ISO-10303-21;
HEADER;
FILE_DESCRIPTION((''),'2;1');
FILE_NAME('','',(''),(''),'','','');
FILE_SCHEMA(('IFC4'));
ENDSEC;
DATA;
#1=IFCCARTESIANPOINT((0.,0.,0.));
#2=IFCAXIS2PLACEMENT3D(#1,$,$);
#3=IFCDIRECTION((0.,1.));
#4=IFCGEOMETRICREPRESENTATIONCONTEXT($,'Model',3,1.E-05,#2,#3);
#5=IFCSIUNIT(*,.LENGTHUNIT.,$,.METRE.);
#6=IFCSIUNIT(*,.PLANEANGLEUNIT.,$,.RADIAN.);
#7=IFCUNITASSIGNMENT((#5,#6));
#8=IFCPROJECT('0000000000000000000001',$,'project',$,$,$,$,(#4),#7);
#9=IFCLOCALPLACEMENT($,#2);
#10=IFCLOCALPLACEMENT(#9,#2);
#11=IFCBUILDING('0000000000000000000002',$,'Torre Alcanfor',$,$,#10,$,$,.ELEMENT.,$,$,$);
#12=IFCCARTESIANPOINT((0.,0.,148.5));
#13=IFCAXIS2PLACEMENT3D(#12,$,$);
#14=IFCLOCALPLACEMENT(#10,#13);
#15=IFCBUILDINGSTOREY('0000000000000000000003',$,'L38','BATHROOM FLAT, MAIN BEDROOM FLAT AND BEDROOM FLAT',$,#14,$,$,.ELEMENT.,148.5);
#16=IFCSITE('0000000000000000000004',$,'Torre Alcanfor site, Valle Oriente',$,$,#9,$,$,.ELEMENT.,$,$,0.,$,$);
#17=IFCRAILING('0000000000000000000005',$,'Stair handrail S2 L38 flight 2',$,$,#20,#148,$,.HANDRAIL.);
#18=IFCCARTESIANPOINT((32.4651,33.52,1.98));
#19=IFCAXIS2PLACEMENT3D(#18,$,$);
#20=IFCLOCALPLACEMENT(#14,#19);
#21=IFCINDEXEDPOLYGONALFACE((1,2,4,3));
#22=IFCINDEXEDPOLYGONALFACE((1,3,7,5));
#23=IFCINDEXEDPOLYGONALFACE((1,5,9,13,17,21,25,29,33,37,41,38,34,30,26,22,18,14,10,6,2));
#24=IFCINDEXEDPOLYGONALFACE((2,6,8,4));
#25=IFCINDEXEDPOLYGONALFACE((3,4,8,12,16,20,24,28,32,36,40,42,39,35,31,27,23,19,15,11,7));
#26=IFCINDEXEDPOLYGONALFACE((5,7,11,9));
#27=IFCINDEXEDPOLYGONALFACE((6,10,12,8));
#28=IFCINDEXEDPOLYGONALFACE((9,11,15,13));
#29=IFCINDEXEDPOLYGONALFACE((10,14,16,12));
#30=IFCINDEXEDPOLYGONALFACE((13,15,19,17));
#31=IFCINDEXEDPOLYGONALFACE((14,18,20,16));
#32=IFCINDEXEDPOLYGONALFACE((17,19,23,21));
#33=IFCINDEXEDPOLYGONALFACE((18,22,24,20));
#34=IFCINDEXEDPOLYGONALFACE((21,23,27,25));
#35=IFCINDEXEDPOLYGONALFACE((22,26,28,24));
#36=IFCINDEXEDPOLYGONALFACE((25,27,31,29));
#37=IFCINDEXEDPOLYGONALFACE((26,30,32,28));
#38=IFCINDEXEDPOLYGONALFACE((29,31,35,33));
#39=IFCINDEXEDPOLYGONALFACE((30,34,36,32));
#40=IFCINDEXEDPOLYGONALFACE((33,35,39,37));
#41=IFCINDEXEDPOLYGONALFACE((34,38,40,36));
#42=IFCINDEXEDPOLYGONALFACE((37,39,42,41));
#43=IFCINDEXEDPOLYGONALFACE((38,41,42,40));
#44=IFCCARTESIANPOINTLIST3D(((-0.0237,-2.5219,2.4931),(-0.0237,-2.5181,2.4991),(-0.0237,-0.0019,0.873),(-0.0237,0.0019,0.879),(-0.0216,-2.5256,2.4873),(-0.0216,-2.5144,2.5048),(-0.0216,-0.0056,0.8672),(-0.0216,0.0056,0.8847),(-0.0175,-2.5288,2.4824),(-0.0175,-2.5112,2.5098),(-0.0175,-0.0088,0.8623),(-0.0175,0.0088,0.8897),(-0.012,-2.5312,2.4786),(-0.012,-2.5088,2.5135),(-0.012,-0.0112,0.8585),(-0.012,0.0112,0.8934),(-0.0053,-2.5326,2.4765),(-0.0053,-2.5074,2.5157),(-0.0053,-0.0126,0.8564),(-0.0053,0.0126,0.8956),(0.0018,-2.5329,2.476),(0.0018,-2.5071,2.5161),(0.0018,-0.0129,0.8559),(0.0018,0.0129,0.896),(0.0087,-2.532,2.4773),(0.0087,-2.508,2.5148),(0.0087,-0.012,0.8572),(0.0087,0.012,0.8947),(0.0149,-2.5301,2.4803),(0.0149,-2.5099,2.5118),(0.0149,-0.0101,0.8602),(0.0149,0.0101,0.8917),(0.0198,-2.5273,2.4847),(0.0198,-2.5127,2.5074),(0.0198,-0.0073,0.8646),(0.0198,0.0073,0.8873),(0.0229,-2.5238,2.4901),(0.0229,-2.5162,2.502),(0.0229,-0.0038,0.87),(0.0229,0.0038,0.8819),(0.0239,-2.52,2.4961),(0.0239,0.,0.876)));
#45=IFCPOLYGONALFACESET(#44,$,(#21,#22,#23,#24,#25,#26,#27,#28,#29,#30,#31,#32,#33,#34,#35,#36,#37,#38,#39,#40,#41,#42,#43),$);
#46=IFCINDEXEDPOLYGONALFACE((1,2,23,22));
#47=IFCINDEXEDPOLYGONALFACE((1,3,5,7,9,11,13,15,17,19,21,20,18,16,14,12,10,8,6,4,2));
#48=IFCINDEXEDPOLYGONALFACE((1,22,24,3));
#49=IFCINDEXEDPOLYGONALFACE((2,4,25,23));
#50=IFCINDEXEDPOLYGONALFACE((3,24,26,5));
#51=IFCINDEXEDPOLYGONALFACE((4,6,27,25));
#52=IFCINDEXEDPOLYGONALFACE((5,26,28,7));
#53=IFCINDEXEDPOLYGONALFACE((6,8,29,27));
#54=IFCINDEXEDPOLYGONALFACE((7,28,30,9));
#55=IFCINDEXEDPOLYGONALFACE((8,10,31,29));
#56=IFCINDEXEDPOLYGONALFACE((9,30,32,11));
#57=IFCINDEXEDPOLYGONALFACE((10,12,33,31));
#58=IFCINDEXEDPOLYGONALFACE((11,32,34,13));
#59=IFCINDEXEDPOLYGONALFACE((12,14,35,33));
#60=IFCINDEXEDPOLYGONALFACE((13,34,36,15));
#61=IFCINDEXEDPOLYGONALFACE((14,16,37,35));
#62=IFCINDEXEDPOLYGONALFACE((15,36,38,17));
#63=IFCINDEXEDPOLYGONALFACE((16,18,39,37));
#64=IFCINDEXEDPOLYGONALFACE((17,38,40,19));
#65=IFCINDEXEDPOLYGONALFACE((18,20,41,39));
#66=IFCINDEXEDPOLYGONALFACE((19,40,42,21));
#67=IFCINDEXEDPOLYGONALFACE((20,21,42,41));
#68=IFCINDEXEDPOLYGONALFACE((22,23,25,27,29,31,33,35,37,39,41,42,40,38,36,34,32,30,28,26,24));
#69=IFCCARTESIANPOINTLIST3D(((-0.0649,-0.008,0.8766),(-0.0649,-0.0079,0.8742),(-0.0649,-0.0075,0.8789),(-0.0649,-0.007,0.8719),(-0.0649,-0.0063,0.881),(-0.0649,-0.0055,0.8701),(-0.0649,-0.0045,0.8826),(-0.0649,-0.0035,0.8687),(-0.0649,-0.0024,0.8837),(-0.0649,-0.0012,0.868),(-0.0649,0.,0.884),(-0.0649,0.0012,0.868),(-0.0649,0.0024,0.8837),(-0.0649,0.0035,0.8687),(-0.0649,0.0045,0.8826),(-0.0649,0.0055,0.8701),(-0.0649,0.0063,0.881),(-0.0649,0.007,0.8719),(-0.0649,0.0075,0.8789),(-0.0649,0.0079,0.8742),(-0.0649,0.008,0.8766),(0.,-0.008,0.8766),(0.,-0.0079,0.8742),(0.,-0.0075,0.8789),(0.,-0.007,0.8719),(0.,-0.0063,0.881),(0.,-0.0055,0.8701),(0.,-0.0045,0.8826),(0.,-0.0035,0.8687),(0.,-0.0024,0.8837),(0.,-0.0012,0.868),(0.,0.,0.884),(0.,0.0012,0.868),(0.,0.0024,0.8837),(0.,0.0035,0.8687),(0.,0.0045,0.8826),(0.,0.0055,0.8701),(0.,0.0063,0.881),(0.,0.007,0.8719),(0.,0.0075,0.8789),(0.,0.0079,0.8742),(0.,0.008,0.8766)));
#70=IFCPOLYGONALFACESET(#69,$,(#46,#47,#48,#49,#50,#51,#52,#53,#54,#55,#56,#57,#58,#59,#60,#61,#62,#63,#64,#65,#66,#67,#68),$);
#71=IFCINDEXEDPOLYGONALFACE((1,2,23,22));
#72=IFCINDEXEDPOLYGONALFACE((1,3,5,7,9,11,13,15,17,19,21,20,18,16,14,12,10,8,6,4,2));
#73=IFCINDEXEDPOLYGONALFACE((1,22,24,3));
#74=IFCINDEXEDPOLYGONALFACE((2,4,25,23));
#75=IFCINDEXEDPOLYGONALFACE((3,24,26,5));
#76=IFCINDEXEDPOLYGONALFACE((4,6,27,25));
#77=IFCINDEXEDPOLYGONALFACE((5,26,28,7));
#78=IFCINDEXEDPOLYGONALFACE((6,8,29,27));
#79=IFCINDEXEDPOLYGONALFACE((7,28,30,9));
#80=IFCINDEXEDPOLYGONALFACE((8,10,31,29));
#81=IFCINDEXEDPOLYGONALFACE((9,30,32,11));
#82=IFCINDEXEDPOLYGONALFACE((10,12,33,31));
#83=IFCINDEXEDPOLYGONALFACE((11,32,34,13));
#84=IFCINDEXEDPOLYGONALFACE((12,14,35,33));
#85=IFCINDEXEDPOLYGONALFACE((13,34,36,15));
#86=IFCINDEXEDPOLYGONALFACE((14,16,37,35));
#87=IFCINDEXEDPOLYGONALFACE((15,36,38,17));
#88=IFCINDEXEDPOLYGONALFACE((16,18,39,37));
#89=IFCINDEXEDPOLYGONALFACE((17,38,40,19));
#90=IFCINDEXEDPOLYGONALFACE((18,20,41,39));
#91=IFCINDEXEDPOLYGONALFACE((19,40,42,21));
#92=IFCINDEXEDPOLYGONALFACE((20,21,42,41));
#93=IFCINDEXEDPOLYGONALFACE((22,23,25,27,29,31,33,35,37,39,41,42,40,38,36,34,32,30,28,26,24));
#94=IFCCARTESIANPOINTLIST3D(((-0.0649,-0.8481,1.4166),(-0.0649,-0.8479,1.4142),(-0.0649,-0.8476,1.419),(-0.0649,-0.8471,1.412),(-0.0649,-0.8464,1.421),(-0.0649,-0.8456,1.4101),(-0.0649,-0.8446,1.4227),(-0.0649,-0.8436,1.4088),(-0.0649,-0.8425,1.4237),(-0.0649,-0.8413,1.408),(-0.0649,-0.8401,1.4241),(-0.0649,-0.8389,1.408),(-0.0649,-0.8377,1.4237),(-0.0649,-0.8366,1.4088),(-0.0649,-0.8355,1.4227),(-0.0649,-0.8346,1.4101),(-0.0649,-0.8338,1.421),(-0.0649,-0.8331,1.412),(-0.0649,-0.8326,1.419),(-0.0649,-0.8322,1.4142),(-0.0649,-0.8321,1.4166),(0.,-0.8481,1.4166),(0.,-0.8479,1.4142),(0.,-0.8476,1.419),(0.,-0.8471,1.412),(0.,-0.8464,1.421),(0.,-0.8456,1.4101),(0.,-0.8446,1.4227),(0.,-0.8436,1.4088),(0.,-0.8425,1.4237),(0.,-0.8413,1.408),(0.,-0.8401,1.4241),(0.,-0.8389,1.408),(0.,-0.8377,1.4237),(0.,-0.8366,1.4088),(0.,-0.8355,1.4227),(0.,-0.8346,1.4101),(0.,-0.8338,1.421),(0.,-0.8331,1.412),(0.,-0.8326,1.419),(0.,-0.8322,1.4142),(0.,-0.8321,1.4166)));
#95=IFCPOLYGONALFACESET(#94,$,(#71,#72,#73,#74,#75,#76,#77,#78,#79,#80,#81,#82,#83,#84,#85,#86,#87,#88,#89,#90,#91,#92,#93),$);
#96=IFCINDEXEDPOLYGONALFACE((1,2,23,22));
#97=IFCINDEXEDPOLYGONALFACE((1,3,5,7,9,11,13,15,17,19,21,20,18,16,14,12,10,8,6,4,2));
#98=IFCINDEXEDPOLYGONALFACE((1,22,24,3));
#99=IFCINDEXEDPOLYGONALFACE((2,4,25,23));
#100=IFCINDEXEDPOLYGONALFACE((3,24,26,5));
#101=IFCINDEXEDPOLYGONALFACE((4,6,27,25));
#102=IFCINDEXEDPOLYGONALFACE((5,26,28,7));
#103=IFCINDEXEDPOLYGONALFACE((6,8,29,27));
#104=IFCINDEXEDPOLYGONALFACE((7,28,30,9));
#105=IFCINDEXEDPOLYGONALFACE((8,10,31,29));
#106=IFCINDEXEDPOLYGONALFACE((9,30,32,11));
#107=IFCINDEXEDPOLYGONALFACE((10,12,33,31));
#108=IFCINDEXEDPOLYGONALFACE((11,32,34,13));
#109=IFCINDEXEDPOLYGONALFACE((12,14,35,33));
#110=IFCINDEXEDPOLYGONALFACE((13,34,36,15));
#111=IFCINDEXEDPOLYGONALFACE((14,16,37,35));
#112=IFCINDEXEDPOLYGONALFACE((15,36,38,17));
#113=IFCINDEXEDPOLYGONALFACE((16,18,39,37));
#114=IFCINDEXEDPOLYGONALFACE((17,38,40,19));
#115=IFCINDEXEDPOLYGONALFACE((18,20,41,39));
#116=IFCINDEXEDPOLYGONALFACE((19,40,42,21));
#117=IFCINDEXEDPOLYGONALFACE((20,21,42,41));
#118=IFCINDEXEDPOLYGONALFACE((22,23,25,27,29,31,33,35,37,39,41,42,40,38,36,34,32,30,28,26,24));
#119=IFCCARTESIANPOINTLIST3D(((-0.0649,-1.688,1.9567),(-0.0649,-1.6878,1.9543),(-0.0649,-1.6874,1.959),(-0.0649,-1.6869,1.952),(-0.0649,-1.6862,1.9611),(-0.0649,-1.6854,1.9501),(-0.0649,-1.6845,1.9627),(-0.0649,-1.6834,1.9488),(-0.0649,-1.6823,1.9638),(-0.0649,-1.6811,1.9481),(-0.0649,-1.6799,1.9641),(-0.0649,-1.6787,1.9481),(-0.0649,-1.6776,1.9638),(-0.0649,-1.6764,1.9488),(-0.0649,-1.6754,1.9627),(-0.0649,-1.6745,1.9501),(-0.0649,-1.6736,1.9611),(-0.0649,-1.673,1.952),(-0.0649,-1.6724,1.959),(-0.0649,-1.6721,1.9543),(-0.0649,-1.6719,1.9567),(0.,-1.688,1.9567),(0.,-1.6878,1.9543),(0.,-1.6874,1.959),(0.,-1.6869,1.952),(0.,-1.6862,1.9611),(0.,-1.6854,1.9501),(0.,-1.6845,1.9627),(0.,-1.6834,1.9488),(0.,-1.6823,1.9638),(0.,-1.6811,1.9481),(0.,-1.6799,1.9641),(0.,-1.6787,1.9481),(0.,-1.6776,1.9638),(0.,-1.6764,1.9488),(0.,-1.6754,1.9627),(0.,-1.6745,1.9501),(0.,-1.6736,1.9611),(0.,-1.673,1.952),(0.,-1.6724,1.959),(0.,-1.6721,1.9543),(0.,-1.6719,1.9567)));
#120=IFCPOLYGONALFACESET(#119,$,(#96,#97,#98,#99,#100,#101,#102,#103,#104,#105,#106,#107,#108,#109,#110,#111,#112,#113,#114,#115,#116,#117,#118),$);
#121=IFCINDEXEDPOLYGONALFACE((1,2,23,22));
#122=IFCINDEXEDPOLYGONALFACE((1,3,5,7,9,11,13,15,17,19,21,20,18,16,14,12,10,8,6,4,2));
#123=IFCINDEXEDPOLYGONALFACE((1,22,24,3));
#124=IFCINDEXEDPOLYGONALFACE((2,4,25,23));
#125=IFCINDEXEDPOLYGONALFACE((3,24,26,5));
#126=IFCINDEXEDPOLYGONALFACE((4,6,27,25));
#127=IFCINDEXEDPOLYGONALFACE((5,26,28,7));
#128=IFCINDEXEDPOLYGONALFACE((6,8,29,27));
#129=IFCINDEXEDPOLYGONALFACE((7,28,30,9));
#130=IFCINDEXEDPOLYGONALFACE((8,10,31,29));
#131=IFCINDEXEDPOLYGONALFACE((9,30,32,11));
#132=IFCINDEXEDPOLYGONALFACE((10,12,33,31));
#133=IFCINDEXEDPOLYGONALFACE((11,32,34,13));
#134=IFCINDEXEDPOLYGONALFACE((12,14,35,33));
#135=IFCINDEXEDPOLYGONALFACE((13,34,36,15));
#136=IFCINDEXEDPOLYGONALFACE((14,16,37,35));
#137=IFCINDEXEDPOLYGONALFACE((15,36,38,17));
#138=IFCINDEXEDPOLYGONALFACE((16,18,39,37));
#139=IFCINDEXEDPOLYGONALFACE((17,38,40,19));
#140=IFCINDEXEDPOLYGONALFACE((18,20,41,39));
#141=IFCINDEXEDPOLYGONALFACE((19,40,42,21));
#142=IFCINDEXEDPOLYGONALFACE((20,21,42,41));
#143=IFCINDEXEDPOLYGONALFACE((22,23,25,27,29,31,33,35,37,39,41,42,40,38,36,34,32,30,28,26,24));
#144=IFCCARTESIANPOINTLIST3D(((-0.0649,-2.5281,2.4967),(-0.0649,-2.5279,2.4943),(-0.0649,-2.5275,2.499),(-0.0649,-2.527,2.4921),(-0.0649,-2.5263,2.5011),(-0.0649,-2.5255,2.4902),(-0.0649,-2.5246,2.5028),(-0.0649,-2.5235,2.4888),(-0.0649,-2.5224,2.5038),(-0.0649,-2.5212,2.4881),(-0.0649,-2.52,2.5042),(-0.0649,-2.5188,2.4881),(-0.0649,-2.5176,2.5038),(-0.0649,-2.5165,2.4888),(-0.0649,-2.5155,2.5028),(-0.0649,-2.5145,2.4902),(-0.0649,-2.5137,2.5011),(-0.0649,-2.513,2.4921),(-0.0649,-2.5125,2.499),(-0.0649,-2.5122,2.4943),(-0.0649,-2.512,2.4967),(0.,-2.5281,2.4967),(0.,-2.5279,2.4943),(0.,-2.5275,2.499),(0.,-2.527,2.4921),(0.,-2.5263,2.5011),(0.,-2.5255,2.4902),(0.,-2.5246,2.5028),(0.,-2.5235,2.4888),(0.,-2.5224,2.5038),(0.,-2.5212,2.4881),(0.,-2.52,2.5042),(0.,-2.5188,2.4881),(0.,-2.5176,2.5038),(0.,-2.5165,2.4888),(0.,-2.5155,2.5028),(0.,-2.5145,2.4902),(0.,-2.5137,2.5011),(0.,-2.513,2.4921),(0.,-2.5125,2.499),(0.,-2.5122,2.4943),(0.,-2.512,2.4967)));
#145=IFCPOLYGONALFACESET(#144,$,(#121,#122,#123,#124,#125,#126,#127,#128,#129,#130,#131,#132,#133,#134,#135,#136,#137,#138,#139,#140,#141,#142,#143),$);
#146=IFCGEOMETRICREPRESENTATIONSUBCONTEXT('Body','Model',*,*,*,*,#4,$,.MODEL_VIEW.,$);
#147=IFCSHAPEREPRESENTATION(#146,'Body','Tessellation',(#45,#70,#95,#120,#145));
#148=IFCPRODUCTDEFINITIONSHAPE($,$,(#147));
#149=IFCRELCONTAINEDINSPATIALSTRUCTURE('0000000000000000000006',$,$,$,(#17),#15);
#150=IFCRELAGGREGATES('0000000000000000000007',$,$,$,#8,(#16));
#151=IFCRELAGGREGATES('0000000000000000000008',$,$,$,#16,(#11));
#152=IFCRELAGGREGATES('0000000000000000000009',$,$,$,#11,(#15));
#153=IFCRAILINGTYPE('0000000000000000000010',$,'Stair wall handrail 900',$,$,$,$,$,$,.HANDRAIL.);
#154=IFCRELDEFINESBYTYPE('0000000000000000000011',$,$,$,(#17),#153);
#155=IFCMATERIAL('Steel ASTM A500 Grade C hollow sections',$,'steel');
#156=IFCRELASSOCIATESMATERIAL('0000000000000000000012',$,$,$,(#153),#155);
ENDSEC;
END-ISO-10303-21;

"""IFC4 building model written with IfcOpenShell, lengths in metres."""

from ifc_helpers import new_model, si_unit, direction, frame, origin, origin_2d, place, context, subcontext, project, spatial, circle, extrude, material, type_object, element, save


model = new_model("IFC4")

# Units and contexts
model_context = context("Model", 3, precision=1e-05, world=origin(), true_north=direction((0.0, 1.0)))
body_context = subcontext(model_context, "Body", "Model", "MODEL_VIEW")
ifc_project = project(units=[si_unit("LENGTHUNIT", "METRE"), si_unit("PLANEANGLEUNIT", "RADIAN")], contexts=[model_context])

# Site, building, storey
site_placement = place(None, origin())
site = spatial("IfcSite", under=ifc_project, at=site_placement, Name="Torre Alcanfor site, Valle Oriente", CompositionType="ELEMENT", RefElevation=0.0)
building_placement = place(site_placement, origin())
building = spatial("IfcBuilding", under=site, at=building_placement, Name="Torre Alcanfor", CompositionType="ELEMENT")
storey_placement = place(building_placement, frame((0.0, 0.0, 148.5)))
storey = spatial("IfcBuildingStorey", under=building, at=storey_placement, Name="L38", Description="BATHROOM FLAT, MAIN BEDROOM FLAT AND BEDROOM FLAT", CompositionType="ELEMENT", Elevation=148.5)

# Railing
ifc_material_1 = material(Name="Steel ASTM A500 Grade C hollow sections", Category="steel")
railing_type_1 = type_object("IfcRailingType", Name="Stair wall handrail 900", PredefinedType="HANDRAIL", material=ifc_material_1)
railing_1_placement = place(storey_placement, frame((32.4651, 33.52, 1.98)))
element("IfcRailing", 1, at=railing_1_placement, inside=storey, type_object=railing_type_1, Name="Stair handrail S2 L38 flight 2", PredefinedType="HANDRAIL", context=body_context, shape_type="SweptSolid", body=[
    extrude(circle(Radius=0.0239, at=origin_2d()), frame((0.0, 0.0, 0.876), z_axis=(0.0, -0.841163, 0.540782), x_axis=(1.0, 0.0, 0.0)), (0.0, 0.0, 1.0), 2.9958),
    extrude(circle(Radius=0.0081, at=origin_2d()), frame((0.0, 0.0, 0.876), z_axis=(-1.0, 0.0, 0.0), x_axis=(0.0, 0.0, 1.0)), (0.0, 0.0, 1.0), 0.0649),
    extrude(circle(Radius=0.0081, at=origin_2d()), frame((0.0, -0.8401, 1.416), z_axis=(-1.0, 0.0, 0.0), x_axis=(0.0, 0.0, 1.0)), (0.0, 0.0, 1.0), 0.0649),
    extrude(circle(Radius=0.0081, at=origin_2d()), frame((0.0, -1.6799, 1.9561), z_axis=(-1.0, 0.0, 0.0), x_axis=(0.0, 0.0, 1.0)), (0.0, 0.0, 1.0), 0.0649),
    extrude(circle(Radius=0.0081, at=origin_2d()), frame((0.0, -2.52, 2.4961), z_axis=(-1.0, 0.0, 0.0), x_axis=(0.0, 0.0, 1.0)), (0.0, 0.0, 1.0), 0.0649),
])

save(model, "model.ifc")
